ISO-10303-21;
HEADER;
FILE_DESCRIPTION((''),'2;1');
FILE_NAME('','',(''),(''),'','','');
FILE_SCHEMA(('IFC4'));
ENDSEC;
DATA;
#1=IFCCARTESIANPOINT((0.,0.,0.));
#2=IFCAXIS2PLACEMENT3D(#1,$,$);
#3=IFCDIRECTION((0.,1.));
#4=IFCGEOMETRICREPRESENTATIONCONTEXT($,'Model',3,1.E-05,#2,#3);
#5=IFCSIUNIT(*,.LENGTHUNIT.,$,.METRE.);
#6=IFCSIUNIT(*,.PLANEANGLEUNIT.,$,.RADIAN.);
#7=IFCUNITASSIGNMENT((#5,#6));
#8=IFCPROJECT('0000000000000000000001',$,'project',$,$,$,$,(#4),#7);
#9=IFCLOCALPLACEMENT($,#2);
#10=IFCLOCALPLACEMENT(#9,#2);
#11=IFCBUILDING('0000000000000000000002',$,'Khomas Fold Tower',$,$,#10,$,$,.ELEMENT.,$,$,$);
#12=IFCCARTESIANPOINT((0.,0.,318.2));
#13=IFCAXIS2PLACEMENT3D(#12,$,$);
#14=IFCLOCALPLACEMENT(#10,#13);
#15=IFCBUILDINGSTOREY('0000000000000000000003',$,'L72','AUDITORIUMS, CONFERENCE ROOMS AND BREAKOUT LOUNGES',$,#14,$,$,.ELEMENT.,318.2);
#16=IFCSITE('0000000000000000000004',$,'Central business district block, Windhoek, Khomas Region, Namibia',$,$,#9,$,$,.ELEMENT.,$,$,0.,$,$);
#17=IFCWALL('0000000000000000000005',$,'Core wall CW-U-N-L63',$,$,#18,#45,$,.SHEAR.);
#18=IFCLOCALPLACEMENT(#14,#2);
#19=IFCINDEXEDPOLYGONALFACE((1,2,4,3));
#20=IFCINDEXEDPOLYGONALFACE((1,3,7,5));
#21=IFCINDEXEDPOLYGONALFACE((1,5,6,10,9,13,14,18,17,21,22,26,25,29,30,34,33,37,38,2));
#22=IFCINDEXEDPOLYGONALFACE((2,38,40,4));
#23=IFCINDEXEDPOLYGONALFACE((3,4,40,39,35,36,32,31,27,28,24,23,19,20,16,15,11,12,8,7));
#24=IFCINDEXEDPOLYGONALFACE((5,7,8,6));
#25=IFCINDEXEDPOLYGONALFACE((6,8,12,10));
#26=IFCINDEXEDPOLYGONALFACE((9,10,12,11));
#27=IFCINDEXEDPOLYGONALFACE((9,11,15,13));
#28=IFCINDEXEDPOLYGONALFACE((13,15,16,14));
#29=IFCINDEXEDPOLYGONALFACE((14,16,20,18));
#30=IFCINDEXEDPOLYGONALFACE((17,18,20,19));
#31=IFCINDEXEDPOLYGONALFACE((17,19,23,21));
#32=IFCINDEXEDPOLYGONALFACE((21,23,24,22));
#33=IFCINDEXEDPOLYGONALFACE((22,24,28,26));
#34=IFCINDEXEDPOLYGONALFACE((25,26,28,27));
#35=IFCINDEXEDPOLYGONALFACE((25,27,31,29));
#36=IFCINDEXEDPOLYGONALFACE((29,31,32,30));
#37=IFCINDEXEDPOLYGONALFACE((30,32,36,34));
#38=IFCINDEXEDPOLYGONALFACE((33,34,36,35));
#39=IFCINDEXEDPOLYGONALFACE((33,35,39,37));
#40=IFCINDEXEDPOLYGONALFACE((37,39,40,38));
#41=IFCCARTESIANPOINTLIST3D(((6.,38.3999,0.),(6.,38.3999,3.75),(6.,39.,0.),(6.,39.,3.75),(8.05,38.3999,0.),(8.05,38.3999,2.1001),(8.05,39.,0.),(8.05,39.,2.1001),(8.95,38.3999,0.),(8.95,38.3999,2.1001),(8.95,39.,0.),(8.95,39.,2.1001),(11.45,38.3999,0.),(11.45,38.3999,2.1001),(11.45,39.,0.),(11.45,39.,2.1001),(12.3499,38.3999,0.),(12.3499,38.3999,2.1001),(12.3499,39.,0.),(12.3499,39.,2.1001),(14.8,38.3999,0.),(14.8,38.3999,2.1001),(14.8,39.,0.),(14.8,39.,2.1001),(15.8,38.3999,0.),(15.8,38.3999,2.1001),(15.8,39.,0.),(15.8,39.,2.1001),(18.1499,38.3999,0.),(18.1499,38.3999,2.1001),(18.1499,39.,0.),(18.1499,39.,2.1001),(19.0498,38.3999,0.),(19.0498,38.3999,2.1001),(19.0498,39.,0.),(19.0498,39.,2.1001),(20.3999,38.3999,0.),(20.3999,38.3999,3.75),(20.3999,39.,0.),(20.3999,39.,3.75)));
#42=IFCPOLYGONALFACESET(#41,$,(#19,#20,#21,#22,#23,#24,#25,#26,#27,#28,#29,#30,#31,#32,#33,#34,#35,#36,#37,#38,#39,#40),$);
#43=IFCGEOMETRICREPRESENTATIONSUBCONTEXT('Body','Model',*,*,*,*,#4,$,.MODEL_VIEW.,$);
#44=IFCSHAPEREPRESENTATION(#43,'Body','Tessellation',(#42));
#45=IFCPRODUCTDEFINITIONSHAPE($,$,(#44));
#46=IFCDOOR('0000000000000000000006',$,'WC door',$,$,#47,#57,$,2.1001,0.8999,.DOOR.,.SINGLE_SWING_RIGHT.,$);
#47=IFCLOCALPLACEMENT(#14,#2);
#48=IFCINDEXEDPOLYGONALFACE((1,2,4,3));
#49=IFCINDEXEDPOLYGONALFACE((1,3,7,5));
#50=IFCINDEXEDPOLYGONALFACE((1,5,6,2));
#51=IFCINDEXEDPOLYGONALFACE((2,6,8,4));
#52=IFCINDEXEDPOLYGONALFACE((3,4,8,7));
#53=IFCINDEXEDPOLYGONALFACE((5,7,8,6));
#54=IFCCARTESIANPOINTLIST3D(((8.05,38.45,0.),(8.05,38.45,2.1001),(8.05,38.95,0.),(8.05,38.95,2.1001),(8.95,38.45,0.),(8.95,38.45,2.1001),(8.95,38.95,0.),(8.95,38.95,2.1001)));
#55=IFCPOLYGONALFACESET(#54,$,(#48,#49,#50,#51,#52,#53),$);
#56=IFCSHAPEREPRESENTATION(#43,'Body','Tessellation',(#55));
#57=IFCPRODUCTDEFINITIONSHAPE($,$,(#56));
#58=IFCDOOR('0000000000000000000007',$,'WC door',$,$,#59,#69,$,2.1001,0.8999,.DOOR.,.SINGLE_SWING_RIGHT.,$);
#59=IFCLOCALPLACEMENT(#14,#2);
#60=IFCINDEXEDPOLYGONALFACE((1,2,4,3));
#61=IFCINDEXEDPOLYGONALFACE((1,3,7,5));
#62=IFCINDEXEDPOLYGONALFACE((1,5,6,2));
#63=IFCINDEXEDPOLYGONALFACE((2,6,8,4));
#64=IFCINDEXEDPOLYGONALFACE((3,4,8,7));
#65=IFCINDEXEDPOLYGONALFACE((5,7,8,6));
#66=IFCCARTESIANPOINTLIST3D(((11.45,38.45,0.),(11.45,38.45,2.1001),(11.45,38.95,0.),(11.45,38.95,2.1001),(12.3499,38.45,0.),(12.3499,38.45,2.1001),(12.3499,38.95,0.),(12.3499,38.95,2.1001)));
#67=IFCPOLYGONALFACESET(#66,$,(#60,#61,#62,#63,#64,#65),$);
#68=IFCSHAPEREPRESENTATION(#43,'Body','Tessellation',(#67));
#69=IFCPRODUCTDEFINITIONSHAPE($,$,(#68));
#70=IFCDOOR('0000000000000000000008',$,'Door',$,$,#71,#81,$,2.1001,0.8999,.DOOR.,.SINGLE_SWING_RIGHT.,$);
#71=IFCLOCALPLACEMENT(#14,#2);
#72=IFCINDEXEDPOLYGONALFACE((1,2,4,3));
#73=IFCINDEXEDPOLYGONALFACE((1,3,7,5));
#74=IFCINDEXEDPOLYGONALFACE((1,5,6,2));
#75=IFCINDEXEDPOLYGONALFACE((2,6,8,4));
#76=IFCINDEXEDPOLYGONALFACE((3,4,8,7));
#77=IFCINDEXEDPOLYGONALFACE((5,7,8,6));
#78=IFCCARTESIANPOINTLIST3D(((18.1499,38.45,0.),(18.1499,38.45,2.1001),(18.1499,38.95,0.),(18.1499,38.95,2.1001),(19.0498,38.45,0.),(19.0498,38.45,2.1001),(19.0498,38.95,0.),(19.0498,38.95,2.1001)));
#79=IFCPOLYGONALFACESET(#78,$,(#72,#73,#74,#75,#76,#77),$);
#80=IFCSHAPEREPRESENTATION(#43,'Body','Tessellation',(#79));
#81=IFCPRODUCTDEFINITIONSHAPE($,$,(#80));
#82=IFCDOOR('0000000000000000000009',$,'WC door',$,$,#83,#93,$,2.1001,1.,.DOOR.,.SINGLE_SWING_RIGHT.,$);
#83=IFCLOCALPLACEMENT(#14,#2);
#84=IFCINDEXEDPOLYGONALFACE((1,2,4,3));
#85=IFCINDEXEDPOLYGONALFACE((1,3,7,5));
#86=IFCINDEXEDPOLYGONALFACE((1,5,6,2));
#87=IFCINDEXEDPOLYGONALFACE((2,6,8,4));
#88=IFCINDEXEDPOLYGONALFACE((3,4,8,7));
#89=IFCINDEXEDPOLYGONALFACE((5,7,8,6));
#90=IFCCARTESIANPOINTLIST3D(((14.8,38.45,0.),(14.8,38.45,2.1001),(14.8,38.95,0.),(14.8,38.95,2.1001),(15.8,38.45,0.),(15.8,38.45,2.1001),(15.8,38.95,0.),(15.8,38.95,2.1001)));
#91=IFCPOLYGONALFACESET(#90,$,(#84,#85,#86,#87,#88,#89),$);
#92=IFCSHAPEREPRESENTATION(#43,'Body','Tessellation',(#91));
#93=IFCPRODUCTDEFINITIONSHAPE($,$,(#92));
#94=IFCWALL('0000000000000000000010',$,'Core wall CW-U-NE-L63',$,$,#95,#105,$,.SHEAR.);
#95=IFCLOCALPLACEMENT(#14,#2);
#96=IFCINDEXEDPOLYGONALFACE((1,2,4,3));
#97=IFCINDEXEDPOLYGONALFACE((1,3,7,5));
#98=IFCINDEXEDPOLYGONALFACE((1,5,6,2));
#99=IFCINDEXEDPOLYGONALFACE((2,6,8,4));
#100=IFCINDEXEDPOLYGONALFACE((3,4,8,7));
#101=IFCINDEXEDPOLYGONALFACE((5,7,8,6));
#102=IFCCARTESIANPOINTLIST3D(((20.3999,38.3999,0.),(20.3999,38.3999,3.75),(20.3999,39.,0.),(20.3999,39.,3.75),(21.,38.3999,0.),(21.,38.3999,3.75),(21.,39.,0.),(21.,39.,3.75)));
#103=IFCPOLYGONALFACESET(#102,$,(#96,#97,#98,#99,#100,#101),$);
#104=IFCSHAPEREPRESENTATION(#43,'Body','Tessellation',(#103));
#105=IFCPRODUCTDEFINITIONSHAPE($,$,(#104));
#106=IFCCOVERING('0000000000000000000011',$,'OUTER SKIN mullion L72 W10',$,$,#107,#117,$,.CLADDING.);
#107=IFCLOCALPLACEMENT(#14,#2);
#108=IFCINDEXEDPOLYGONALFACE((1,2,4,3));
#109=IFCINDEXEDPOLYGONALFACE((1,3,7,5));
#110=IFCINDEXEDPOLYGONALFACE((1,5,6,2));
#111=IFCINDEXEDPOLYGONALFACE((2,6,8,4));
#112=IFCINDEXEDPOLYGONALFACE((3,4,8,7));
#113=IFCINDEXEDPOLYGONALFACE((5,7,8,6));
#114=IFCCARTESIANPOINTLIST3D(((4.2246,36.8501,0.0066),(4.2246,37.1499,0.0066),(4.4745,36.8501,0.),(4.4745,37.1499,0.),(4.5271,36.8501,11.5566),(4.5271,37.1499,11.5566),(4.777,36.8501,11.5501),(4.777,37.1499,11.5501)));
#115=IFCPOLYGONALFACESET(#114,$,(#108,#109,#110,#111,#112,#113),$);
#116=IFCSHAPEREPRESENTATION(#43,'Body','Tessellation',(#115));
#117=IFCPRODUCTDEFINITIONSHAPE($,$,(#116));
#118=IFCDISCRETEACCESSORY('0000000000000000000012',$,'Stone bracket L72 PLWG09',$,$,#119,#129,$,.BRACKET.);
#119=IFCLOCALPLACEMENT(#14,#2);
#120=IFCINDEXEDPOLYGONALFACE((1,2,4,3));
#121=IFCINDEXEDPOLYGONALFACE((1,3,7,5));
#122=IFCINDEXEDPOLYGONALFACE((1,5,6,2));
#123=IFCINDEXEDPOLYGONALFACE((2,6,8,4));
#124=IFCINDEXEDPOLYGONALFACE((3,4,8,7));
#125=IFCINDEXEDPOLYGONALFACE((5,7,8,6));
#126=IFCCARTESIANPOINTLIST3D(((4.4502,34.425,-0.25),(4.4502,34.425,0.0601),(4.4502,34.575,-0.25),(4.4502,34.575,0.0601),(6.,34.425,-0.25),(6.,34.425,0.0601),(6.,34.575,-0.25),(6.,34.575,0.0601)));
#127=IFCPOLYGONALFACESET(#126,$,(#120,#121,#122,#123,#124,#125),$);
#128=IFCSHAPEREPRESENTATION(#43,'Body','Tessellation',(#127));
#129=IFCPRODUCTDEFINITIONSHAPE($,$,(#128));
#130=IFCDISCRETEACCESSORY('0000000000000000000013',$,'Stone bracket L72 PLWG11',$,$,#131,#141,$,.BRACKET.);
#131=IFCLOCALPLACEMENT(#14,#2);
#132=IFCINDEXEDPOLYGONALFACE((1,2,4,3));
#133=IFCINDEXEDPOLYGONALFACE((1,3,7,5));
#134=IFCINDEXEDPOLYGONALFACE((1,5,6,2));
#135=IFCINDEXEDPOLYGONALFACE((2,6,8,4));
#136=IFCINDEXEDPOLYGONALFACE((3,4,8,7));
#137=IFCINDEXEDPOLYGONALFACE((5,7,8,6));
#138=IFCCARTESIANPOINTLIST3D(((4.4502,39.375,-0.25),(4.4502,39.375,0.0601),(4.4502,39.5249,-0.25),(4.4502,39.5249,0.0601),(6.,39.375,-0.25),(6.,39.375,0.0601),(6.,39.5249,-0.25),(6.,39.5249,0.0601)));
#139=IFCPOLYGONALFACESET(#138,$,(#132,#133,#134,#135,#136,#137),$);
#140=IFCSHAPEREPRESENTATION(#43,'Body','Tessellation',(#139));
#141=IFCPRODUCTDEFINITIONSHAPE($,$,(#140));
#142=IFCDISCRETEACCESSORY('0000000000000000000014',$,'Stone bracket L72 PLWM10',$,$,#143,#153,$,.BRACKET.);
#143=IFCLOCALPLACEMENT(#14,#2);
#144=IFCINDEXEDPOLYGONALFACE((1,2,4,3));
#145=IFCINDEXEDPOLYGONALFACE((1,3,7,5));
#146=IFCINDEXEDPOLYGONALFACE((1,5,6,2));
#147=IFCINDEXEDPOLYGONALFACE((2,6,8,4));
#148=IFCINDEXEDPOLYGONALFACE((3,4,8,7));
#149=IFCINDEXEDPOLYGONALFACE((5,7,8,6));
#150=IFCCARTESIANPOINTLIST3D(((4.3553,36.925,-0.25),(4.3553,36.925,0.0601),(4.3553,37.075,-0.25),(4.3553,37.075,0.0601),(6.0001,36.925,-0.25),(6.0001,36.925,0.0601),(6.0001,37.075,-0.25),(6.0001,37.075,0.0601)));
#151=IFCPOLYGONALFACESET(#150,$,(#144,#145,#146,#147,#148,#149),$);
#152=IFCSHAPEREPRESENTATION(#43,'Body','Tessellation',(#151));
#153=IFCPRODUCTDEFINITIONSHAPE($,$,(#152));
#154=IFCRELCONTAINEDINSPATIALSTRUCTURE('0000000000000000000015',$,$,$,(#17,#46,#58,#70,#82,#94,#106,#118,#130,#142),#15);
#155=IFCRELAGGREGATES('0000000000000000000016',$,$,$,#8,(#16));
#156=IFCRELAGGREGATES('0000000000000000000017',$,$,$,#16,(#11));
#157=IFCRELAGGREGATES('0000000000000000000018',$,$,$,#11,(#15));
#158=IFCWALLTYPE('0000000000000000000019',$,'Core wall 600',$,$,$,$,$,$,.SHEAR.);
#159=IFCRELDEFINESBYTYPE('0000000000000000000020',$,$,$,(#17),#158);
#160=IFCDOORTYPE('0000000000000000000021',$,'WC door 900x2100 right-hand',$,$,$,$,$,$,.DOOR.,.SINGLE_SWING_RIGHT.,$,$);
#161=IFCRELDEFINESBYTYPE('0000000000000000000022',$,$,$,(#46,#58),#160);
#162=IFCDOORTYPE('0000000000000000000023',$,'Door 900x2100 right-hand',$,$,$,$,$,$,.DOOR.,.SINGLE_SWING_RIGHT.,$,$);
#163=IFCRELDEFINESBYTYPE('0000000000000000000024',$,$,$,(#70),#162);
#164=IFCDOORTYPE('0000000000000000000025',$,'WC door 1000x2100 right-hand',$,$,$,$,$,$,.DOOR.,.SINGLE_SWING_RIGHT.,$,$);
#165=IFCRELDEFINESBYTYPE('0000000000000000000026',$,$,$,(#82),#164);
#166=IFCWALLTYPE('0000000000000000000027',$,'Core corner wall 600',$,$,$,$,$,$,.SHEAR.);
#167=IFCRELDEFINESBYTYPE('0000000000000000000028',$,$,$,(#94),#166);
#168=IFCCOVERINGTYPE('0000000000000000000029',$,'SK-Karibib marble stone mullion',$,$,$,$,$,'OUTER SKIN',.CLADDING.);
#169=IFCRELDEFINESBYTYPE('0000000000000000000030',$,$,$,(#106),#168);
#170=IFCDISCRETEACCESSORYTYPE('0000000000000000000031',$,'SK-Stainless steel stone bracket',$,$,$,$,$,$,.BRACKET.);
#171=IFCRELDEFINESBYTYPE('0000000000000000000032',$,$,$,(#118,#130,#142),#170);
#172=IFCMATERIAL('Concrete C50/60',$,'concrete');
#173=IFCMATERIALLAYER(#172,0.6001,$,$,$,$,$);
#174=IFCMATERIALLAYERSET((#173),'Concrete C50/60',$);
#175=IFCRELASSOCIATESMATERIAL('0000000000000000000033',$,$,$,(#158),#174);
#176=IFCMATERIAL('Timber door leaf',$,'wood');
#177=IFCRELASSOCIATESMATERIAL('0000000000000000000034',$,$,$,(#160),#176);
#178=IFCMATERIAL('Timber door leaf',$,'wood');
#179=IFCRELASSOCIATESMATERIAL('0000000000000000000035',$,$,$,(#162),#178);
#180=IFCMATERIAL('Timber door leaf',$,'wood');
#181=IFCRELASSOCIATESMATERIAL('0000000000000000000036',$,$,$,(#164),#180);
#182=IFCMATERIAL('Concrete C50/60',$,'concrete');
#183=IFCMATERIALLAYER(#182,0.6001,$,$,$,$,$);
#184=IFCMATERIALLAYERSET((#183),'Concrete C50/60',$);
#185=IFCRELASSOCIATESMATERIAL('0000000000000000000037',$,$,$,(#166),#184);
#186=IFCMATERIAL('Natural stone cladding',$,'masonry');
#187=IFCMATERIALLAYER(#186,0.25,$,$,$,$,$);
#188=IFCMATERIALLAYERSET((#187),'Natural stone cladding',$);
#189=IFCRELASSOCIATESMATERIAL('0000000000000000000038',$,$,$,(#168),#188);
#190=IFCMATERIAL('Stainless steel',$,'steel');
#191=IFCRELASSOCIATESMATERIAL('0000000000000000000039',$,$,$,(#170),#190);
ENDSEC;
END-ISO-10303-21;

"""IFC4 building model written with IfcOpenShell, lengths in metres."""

from ifc_helpers import new_model, si_unit, direction, frame, frame_2d, origin, origin_2d, place, context, subcontext, project, spatial, polyline, rectangle, outline, extrude, source, transform, mapped, material, layer, layer_set, type_object, element, fill, save


model = new_model("IFC4")

# Units and contexts
model_context = context("Model", 3, precision=1e-05, world=origin(), true_north=direction((0.0, 1.0)))
body_context = subcontext(model_context, "Body", "Model", "MODEL_VIEW")
ifc_project = project(units=[si_unit("LENGTHUNIT", "METRE"), si_unit("PLANEANGLEUNIT", "RADIAN")], contexts=[model_context])

# Site, building, storey
site_placement = place(None, origin())
site = spatial("IfcSite", under=ifc_project, at=site_placement, Name="Central business district block, Windhoek, Khomas Region, Namibia", CompositionType="ELEMENT", RefElevation=0.0)
building_placement = place(site_placement, origin())
building = spatial("IfcBuilding", under=site, at=building_placement, Name="Khomas Fold Tower", CompositionType="ELEMENT")
storey_placement = place(building_placement, frame((0.0, 0.0, 318.2)))
storey = spatial("IfcBuildingStorey", under=building, at=storey_placement, Name="L72", Description="AUDITORIUMS, CONFERENCE ROOMS AND BREAKOUT LOUNGES", CompositionType="ELEMENT", Elevation=318.2)

# Wall, openings, doors
ifc_material_1 = material(Name="Concrete C50/60", Category="concrete")
ifc_layer_1 = layer(ifc_material_1, 0.6001)
ifc_layer_set_1 = layer_set([ifc_layer_1], Name="Concrete C50/60")
wall_type_1 = type_object("IfcWallType", Name="Core wall 600", PredefinedType="SHEAR", material=ifc_layer_set_1)
shared_shape_1 = source(origin(), body_context, "Body", "SweptSolid", [
    extrude(rectangle(XDim=14.3999, YDim=0.6001, at=frame_2d((7.2, 0.0))), origin(), (0.0, 0.0, 1.0), 3.75),
])
wall_1_placement = place(storey_placement, frame((6.0, 38.7, 0.0), z_axis=(0.0, 0.0, 1.0), x_axis=(1.0, 0.0, 0.0)))
wall_1 = element("IfcWall", 1, at=wall_1_placement, inside=storey, type_object=wall_type_1, Name="Core wall CW-U-N-L63", PredefinedType="SHEAR", context=body_context, shape_type="MappedRepresentation", body=[
    mapped(shared_shape_1, transform((0.0, 0.0, 0.0))),
])
shared_shape_2 = source(origin(), body_context, "Body", "SweptSolid", [
    extrude(rectangle(XDim=0.8999, YDim=2.1001, at=frame_2d((0.45, 1.05))), frame((0.0, 0.3101, 0.0), z_axis=(0.0, -1.0, 0.0), x_axis=(1.0, 0.0, 0.0)), (0.0, 0.0, 1.0), 0.6201),
])
opening_1_placement = place(wall_1_placement, frame((2.05, 0.0, 0.0)))
opening_1 = element("IfcOpeningElement", 2, at=opening_1_placement, cuts=wall_1, PredefinedType="OPENING", context=body_context, shape_type="MappedRepresentation", body=[
    mapped(shared_shape_2, transform((0.0, 0.0, 0.0))),
])
opening_2_placement = place(wall_1_placement, frame((5.45, 0.0, 0.0)))
opening_2 = element("IfcOpeningElement", 3, at=opening_2_placement, cuts=wall_1, PredefinedType="OPENING", context=body_context, shape_type="MappedRepresentation", body=[
    mapped(shared_shape_2, transform((0.0, 0.0, 0.0))),
])
shared_shape_3 = source(origin(), body_context, "Body", "SweptSolid", [
    extrude(rectangle(XDim=1.0, YDim=2.1001, at=frame_2d((0.5, 1.05))), frame((0.0, 0.3101, 0.0), z_axis=(0.0, -1.0, 0.0), x_axis=(1.0, 0.0, 0.0)), (0.0, 0.0, 1.0), 0.6201),
])
opening_3_placement = place(wall_1_placement, frame((8.8, 0.0, 0.0)))
opening_3 = element("IfcOpeningElement", 4, at=opening_3_placement, cuts=wall_1, PredefinedType="OPENING", context=body_context, shape_type="MappedRepresentation", body=[
    mapped(shared_shape_3, transform((0.0, 0.0, 0.0))),
])
opening_4_placement = place(wall_1_placement, frame((12.1499, 0.0, 0.0)))
opening_4 = element("IfcOpeningElement", 5, at=opening_4_placement, cuts=wall_1, PredefinedType="OPENING", context=body_context, shape_type="MappedRepresentation", body=[
    mapped(shared_shape_2, transform((0.0, 0.0, 0.0))),
])
ifc_material_2 = material(Name="Timber door leaf", Category="wood")
door_type_1 = type_object("IfcDoorType", Name="WC door 900x2100 right-hand", OperationType="SINGLE_SWING_RIGHT", PredefinedType="DOOR", material=ifc_material_2)
shared_shape_4 = source(origin(), body_context, "Body", "SweptSolid", [
    extrude(rectangle(XDim=0.8999, YDim=2.1001, at=frame_2d((0.45, 1.05))), frame((0.0, 0.25, 0.0), z_axis=(0.0, -1.0, 0.0), x_axis=(1.0, 0.0, 0.0)), (0.0, 0.0, 1.0), 0.5),
])
door_1_placement = place(opening_1_placement, origin())
door_1 = element("IfcDoor", 6, at=door_1_placement, inside=storey, type_object=door_type_1, Name="WC door", OperationType="SINGLE_SWING_RIGHT", OverallHeight=2.1001, OverallWidth=0.8999, PredefinedType="DOOR", context=body_context, shape_type="MappedRepresentation", body=[
    mapped(shared_shape_4, transform((0.0, 0.0, 0.0))),
])
fill(opening_1, door_1)
door_2_placement = place(opening_2_placement, origin())
door_2 = element("IfcDoor", 7, at=door_2_placement, inside=storey, type_object=door_type_1, Name="WC door", OperationType="SINGLE_SWING_RIGHT", OverallHeight=2.1001, OverallWidth=0.8999, PredefinedType="DOOR", context=body_context, shape_type="MappedRepresentation", body=[
    mapped(shared_shape_4, transform((0.0, 0.0, 0.0))),
])
fill(opening_2, door_2)
ifc_material_3 = material(Name="Timber door leaf", Category="wood")
door_type_2 = type_object("IfcDoorType", Name="Door 900x2100 right-hand", OperationType="SINGLE_SWING_RIGHT", PredefinedType="DOOR", material=ifc_material_3)
door_3_placement = place(opening_4_placement, origin())
door_3 = element("IfcDoor", 8, at=door_3_placement, inside=storey, type_object=door_type_2, Name="Door", OperationType="SINGLE_SWING_RIGHT", OverallHeight=2.1001, OverallWidth=0.8999, PredefinedType="DOOR", context=body_context, shape_type="MappedRepresentation", body=[
    mapped(shared_shape_4, transform((0.0, 0.0, 0.0))),
])
fill(opening_4, door_3)
ifc_material_4 = material(Name="Timber door leaf", Category="wood")
door_type_3 = type_object("IfcDoorType", Name="WC door 1000x2100 right-hand", OperationType="SINGLE_SWING_RIGHT", PredefinedType="DOOR", material=ifc_material_4)
shared_shape_5 = source(origin(), body_context, "Body", "SweptSolid", [
    extrude(rectangle(XDim=1.0, YDim=2.1001, at=frame_2d((0.5, 1.05))), frame((0.0, 0.25, 0.0), z_axis=(0.0, -1.0, 0.0), x_axis=(1.0, 0.0, 0.0)), (0.0, 0.0, 1.0), 0.5),
])
door_4_placement = place(opening_3_placement, origin())
door_4 = element("IfcDoor", 9, at=door_4_placement, inside=storey, type_object=door_type_3, Name="WC door", OperationType="SINGLE_SWING_RIGHT", OverallHeight=2.1001, OverallWidth=1.0, PredefinedType="DOOR", context=body_context, shape_type="MappedRepresentation", body=[
    mapped(shared_shape_5, transform((0.0, 0.0, 0.0))),
])
fill(opening_3, door_4)

# Wall
ifc_material_5 = material(Name="Concrete C50/60", Category="concrete")
ifc_layer_2 = layer(ifc_material_5, 0.6001)
ifc_layer_set_2 = layer_set([ifc_layer_2], Name="Concrete C50/60")
wall_type_2 = type_object("IfcWallType", Name="Core corner wall 600", PredefinedType="SHEAR", material=ifc_layer_set_2)
shared_shape_6 = source(origin(), body_context, "Body", "SweptSolid", [
    extrude(rectangle(XDim=0.6001, YDim=0.6001, at=frame_2d((0.3, 0.0))), origin(), (0.0, 0.0, 1.0), 3.75),
])
wall_2_placement = place(storey_placement, frame((20.3999, 38.7, 0.0), z_axis=(0.0, 0.0, 1.0), x_axis=(1.0, 0.0, 0.0)))
element("IfcWall", 10, at=wall_2_placement, inside=storey, type_object=wall_type_2, Name="Core wall CW-U-NE-L63", PredefinedType="SHEAR", context=body_context, shape_type="MappedRepresentation", body=[
    mapped(shared_shape_6, transform((0.0, 0.0, 0.0))),
])

# Covering
ifc_material_6 = material(Name="Natural stone cladding", Category="masonry")
ifc_layer_3 = layer(ifc_material_6, 0.25)
ifc_layer_set_3 = layer_set([ifc_layer_3], Name="Natural stone cladding")
covering_type = type_object("IfcCoveringType", Name="SK-Karibib marble stone mullion", ElementType="OUTER SKIN", PredefinedType="CLADDING", material=ifc_layer_set_3)
covering_placement = place(storey_placement, frame((4.2246, 36.8501, 0.0066), z_axis=(-0.999657, 0.0, 0.026181), x_axis=(0.0, 1.0, 0.0)))
element("IfcCovering", 11, at=covering_placement, inside=storey, type_object=covering_type, Name="OUTER SKIN mullion L72 W10", PredefinedType="CLADDING", context=body_context, shape_type="SweptSolid", body=[
    extrude(outline(polyline([(0.0, 0.0), (0.2998, 0.0), (0.2998, -11.554), (0.0, -11.554), (0.0, 0.0)])), origin(), (0.0, 0.0, -1.0), 0.25),
])

# Discrete accessories
ifc_material_7 = material(Name="Stainless steel", Category="steel")
discrete_accessory_type = type_object("IfcDiscreteAccessoryType", Name="SK-Stainless steel stone bracket", PredefinedType="BRACKET", material=ifc_material_7)
shared_shape_7 = source(origin(), body_context, "Body", "SweptSolid", [
    extrude(rectangle(XDim=1.5498, YDim=0.1499, at=origin_2d()), origin(), (0.0, 0.0, 1.0), 0.3101),
])
for number, where, z_axis, x_axis, name in (
    (12, (5.2251, 34.5, -0.25), (0.0, 0.0, 1.0), (-1.0, 0.0, 0.0), "Stone bracket L72 PLWG09"),
    (13, (5.2251, 39.45, -0.25), (0.0, 0.0, 1.0), (-1.0, 0.0, 0.0), "Stone bracket L72 PLWG11"),
):
    element("IfcDiscreteAccessory", number, at=place(storey_placement, frame(where, z_axis=z_axis, x_axis=x_axis)), inside=storey, type_object=discrete_accessory_type, Name=name, PredefinedType="BRACKET", context=body_context, shape_type="MappedRepresentation", body=[
        mapped(shared_shape_7, transform((0.0, 0.0, 0.0))),
    ])
shared_shape_8 = source(origin(), body_context, "Body", "SweptSolid", [
    extrude(rectangle(XDim=1.6448, YDim=0.1499, at=origin_2d()), origin(), (0.0, 0.0, 1.0), 0.3101),
])
discrete_accessory_1_placement = place(storey_placement, frame((5.1777, 37.0, -0.25), z_axis=(0.0, 0.0, 1.0), x_axis=(-1.0, 0.0, 0.0)))
element("IfcDiscreteAccessory", 14, at=discrete_accessory_1_placement, inside=storey, type_object=discrete_accessory_type, Name="Stone bracket L72 PLWM10", PredefinedType="BRACKET", context=body_context, shape_type="MappedRepresentation", body=[
    mapped(shared_shape_8, transform((0.0, 0.0, 0.0))),
])

save(model, "model.ifc")
